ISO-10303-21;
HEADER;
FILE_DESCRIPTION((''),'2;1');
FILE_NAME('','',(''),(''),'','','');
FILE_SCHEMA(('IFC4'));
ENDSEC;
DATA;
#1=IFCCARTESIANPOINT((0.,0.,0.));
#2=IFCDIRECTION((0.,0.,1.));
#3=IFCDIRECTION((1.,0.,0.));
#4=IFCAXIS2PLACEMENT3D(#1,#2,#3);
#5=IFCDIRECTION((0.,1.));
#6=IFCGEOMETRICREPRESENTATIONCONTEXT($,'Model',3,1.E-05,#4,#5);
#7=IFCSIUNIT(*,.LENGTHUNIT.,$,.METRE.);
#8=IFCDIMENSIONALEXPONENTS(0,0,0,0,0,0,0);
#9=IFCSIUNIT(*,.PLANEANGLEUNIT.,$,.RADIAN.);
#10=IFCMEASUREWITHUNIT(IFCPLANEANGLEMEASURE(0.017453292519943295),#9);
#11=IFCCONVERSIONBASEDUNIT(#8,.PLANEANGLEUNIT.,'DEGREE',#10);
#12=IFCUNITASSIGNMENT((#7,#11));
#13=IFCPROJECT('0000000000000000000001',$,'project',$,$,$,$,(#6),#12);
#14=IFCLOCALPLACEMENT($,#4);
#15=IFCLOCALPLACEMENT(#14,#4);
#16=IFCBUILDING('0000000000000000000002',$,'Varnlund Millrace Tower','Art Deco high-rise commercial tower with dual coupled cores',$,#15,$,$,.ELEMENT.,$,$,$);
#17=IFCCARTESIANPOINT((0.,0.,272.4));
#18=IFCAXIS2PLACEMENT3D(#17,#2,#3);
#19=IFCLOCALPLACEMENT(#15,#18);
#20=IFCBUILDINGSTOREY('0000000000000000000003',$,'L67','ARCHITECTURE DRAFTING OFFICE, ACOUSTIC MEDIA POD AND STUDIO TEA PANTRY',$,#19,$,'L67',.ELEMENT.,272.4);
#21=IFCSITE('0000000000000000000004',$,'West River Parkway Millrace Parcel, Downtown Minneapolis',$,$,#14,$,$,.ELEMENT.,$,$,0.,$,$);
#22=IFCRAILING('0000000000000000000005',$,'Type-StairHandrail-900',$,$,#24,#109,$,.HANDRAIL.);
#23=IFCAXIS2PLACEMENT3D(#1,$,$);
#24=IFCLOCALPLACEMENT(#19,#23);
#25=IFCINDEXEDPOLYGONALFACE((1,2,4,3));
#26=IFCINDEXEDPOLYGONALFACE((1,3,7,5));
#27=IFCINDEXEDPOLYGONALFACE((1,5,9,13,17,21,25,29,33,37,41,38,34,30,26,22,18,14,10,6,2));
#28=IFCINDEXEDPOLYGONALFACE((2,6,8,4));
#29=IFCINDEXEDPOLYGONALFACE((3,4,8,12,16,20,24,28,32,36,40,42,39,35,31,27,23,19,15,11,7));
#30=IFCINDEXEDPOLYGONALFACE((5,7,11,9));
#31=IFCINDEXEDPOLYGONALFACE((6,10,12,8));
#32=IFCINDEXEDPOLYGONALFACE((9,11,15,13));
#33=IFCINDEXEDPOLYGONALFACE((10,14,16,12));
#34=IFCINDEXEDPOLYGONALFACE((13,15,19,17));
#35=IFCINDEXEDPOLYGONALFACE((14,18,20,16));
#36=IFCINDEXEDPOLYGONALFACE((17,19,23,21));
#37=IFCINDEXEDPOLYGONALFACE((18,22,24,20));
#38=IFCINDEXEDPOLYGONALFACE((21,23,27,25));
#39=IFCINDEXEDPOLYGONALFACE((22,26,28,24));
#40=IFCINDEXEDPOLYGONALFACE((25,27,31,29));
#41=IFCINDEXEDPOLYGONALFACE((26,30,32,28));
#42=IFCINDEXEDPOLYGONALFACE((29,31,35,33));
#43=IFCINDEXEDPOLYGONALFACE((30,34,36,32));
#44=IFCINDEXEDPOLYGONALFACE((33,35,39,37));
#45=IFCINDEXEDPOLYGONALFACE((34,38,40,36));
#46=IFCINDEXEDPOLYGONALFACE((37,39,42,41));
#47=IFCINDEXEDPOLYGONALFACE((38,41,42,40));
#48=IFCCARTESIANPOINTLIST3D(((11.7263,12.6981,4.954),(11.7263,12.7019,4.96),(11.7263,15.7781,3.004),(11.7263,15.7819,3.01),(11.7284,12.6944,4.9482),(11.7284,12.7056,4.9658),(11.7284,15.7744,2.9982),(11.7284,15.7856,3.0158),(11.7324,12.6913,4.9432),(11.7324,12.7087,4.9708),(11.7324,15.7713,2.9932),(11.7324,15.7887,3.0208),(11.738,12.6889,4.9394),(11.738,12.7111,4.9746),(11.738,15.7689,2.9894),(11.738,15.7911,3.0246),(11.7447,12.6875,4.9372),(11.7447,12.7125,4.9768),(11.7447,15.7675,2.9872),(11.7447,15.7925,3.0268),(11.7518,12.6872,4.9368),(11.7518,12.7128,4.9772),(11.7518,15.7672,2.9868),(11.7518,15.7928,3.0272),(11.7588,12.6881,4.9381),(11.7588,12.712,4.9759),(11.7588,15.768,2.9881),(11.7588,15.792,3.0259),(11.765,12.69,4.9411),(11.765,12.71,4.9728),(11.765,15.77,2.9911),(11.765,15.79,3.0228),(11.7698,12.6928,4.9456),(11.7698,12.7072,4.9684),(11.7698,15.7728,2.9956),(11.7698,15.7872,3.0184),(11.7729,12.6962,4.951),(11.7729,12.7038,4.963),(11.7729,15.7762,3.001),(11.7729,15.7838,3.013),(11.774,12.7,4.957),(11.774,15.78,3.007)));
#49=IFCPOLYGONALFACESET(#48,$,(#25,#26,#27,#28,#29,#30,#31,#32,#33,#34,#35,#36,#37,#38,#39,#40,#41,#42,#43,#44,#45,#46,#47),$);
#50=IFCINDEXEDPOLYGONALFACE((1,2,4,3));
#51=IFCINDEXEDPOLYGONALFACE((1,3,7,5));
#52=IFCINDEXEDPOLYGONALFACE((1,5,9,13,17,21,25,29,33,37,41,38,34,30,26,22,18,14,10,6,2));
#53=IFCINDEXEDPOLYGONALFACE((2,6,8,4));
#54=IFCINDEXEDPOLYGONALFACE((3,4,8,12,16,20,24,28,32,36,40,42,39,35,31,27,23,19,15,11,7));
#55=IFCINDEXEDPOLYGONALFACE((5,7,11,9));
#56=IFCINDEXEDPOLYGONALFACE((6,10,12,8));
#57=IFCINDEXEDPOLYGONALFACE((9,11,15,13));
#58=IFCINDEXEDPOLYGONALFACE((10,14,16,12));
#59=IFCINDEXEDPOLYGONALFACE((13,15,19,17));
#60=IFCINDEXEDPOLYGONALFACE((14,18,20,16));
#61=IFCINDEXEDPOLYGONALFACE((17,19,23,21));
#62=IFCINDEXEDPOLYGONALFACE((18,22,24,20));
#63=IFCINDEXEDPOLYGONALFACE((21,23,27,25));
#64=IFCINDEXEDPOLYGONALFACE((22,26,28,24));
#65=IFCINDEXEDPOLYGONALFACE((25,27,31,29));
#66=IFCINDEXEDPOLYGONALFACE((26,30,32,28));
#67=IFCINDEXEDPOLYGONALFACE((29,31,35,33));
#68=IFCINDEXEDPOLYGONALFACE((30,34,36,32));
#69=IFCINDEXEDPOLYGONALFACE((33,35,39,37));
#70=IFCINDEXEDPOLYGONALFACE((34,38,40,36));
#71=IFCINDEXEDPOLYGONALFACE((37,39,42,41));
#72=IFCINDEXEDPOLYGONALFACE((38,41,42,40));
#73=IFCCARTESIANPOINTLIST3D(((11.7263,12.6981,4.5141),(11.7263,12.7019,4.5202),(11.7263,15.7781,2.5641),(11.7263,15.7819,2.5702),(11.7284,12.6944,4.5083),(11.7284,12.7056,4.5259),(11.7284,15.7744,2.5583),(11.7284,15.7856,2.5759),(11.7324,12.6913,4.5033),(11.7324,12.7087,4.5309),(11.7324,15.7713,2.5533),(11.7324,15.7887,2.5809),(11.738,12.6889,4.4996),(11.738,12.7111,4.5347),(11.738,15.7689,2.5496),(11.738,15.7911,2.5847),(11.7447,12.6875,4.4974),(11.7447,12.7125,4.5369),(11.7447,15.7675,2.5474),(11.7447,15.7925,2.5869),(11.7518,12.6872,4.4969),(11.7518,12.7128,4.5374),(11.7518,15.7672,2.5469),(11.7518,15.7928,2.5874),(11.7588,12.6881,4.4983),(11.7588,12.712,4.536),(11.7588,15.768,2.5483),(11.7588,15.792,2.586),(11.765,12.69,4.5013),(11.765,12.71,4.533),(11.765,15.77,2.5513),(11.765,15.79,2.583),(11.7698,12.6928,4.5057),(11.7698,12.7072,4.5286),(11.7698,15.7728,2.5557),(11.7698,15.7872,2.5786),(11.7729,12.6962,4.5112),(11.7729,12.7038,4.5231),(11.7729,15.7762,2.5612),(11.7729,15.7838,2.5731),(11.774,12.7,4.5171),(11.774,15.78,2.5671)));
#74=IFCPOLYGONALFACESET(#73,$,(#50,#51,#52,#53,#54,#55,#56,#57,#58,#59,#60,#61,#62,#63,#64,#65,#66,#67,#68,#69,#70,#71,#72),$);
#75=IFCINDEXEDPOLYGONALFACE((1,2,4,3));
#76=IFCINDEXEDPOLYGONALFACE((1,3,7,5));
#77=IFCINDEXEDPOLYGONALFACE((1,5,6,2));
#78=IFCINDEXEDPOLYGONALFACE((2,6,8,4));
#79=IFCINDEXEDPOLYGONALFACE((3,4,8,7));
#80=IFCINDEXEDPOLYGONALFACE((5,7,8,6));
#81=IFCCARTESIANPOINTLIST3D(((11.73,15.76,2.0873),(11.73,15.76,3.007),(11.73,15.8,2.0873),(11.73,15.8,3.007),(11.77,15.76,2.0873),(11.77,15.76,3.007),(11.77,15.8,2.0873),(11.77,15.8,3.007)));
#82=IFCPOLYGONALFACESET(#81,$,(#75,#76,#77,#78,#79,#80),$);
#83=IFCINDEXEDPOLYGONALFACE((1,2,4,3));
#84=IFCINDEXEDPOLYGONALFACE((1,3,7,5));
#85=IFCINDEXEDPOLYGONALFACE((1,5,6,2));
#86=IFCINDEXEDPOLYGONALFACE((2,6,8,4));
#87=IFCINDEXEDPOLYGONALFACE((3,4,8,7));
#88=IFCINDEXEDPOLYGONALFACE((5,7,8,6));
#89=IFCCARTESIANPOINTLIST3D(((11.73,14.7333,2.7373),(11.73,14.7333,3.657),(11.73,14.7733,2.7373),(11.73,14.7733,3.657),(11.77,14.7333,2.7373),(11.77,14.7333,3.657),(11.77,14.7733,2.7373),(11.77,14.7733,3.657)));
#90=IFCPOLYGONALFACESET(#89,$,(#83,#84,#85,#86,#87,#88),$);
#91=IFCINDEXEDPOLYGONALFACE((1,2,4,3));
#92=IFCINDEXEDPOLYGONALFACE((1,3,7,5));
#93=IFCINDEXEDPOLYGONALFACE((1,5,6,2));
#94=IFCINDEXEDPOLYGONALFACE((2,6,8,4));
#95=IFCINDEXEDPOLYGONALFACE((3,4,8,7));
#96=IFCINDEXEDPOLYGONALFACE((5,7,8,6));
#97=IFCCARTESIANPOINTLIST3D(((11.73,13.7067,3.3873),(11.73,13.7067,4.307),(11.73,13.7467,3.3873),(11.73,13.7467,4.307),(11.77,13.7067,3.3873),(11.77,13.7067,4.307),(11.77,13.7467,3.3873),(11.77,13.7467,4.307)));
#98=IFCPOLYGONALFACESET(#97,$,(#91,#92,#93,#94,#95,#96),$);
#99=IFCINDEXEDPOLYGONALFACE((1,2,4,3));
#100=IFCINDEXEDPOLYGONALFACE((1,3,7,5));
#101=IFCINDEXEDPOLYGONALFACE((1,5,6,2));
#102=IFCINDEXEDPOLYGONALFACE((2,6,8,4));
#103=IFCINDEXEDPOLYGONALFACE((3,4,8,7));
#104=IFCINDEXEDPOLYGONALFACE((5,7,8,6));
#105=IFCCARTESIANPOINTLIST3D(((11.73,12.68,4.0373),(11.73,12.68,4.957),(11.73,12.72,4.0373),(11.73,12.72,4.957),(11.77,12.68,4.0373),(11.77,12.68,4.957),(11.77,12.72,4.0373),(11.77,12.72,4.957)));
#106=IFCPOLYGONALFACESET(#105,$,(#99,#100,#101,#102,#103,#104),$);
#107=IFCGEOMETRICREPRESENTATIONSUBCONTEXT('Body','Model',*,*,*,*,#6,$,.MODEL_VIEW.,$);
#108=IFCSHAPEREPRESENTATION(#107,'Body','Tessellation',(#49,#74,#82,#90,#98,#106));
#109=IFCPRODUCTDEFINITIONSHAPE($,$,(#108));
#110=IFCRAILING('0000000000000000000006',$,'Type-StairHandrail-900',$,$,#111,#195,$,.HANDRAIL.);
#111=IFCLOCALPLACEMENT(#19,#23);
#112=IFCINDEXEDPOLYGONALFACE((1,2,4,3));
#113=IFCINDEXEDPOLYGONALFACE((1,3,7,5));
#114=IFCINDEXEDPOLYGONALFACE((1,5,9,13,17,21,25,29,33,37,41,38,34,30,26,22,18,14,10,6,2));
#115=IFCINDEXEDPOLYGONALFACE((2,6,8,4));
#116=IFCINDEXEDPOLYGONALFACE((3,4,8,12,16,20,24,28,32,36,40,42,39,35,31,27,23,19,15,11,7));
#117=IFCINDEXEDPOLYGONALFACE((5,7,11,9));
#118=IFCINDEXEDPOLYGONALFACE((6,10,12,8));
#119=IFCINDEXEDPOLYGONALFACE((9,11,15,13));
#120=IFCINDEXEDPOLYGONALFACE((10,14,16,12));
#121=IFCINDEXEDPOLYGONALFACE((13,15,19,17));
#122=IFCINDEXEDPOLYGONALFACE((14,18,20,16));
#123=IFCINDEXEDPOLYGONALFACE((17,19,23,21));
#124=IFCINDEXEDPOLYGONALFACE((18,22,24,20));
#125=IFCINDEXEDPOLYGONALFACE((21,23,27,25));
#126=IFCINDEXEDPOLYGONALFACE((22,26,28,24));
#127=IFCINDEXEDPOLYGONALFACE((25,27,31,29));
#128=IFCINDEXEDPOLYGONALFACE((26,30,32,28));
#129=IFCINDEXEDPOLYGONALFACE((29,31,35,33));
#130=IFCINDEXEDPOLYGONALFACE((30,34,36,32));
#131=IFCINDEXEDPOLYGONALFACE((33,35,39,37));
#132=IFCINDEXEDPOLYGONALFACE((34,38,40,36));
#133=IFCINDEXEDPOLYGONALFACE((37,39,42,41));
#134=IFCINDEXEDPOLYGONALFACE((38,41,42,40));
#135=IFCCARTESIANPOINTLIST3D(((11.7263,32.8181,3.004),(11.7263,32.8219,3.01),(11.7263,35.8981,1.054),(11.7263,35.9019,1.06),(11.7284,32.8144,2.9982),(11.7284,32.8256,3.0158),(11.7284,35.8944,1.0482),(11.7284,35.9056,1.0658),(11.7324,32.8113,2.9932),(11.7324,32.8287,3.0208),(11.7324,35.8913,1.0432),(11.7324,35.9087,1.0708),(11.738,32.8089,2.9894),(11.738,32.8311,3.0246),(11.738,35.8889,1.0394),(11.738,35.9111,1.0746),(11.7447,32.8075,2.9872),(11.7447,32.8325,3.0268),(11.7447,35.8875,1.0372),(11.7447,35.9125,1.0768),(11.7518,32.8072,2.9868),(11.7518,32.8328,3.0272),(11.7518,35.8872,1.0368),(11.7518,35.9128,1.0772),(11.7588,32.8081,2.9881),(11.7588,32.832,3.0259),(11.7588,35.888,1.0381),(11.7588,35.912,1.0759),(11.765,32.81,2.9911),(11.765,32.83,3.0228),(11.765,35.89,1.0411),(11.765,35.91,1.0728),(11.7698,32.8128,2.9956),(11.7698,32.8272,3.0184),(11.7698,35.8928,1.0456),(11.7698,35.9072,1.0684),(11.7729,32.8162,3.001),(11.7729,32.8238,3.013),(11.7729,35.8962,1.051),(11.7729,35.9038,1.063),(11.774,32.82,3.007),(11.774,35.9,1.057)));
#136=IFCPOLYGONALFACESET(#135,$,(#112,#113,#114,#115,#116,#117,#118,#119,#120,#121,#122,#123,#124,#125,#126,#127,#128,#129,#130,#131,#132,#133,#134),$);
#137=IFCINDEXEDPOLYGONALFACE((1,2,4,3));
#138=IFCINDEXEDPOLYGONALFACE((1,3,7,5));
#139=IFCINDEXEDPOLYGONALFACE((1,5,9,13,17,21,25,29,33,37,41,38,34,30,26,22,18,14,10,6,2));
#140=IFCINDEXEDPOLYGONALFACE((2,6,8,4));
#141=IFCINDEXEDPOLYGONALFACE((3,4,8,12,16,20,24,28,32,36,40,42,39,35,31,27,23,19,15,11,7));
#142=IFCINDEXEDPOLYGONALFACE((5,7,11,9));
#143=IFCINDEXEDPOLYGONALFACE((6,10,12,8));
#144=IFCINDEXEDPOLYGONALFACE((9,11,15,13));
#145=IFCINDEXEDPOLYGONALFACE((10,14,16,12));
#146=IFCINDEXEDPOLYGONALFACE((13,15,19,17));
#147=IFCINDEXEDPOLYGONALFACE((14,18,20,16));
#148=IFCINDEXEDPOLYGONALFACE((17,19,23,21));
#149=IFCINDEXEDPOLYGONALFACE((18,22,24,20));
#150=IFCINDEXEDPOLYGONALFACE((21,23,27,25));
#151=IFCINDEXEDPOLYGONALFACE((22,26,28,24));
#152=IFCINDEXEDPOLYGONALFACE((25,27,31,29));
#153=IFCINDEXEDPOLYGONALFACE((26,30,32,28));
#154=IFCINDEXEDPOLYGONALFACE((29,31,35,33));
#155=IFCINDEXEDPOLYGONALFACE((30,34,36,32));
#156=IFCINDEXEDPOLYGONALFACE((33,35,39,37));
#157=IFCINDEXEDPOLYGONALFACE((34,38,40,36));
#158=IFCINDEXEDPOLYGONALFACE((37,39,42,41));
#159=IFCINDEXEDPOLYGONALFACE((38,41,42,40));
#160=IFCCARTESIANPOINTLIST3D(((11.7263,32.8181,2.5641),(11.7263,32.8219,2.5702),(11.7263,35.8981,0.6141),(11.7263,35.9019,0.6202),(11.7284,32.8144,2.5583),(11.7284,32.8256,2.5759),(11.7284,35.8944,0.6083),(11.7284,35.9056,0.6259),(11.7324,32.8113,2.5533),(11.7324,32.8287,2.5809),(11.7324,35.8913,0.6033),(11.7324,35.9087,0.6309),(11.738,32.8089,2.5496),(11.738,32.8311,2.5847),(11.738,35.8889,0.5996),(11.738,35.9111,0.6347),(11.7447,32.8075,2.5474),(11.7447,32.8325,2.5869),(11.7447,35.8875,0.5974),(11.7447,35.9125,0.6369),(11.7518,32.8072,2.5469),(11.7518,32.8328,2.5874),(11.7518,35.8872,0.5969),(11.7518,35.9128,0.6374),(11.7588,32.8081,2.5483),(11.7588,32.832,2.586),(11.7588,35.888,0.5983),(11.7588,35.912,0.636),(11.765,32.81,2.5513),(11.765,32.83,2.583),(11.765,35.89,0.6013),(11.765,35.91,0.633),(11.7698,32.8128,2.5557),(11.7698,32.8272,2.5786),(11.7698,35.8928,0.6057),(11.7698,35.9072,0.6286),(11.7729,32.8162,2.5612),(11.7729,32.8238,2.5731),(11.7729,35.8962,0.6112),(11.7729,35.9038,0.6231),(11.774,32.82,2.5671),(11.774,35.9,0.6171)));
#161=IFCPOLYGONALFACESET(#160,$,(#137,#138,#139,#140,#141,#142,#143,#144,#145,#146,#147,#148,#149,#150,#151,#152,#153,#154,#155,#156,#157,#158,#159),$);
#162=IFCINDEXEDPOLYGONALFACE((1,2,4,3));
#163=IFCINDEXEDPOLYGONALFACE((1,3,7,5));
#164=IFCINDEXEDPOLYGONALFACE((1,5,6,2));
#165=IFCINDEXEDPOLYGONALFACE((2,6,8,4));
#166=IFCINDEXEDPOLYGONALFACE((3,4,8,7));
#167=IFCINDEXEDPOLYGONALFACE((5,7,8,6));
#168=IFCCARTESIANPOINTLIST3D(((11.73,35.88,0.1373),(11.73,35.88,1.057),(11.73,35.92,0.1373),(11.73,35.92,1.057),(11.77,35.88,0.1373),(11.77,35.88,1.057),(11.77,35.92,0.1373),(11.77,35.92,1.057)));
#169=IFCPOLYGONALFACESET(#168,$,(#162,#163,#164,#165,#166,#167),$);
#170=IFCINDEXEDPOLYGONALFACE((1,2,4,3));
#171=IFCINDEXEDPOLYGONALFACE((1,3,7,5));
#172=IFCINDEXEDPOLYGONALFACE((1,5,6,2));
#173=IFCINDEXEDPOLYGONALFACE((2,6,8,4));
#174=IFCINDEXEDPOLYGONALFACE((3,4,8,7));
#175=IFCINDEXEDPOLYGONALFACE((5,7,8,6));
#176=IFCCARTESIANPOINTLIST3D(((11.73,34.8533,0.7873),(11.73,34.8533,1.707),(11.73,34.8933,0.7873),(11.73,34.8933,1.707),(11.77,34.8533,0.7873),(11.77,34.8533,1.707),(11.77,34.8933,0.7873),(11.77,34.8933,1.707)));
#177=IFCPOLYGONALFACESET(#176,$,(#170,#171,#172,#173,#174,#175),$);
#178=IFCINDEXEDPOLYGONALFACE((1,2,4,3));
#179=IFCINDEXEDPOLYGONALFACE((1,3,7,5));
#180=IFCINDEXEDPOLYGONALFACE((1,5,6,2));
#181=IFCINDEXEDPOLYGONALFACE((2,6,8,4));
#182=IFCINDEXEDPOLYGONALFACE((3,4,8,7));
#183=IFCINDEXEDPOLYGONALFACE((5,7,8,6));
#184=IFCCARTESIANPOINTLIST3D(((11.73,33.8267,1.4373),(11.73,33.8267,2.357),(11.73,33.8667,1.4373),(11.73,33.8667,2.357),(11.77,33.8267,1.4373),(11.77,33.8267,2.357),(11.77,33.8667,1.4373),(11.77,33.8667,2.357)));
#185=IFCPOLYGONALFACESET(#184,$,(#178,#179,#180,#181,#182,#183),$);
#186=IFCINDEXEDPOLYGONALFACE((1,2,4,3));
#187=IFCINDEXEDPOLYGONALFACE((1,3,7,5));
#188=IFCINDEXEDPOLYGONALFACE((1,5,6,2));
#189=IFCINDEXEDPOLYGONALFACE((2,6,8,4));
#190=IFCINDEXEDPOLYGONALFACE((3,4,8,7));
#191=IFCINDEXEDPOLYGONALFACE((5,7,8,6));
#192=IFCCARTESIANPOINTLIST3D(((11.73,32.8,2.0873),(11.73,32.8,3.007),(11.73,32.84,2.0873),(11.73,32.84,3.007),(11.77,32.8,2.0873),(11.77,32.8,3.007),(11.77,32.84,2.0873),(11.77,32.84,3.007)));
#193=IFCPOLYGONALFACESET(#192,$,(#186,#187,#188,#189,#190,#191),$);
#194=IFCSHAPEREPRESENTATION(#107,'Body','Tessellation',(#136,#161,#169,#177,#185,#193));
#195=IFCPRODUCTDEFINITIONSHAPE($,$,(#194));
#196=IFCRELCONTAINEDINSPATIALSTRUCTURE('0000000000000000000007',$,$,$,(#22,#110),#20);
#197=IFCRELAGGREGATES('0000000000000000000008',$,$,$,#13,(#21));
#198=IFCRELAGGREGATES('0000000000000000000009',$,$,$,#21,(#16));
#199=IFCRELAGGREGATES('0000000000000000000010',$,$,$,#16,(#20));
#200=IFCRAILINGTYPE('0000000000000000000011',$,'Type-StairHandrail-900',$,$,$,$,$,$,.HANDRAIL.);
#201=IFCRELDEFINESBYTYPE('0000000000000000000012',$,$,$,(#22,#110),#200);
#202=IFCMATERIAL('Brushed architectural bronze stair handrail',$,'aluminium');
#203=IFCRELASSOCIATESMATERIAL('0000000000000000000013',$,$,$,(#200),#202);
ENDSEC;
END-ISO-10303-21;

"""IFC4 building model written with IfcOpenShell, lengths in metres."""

from ifc_helpers import new_model, entity, si_unit, converted_unit, direction, frame, origin_with_axes, origin_2d_with_axis, place, context, subcontext, project, spatial, rectangle, circle, extrude, material, type_object, element, save


model = new_model("IFC4")

# Units and contexts
model_context = context("Model", 3, precision=1e-05, world=origin_with_axes(), true_north=direction((0.0, 1.0)))
body_context = subcontext(model_context, "Body", "Model", "MODEL_VIEW")
ifc_project = project(units=[si_unit("LENGTHUNIT", "METRE"), converted_unit("PLANEANGLEUNIT", "DEGREE", entity("IfcPlaneAngleMeasure", 0.017453292519943295), si_unit("PLANEANGLEUNIT", "RADIAN"), dimensions=[0, 0, 0, 0, 0, 0, 0])], contexts=[model_context])

# Site, building, storey
site_placement = place(None, origin_with_axes())
site = spatial("IfcSite", under=ifc_project, at=site_placement, Name="West River Parkway Millrace Parcel, Downtown Minneapolis", CompositionType="ELEMENT", RefElevation=0.0)
building_placement = place(site_placement, origin_with_axes())
building = spatial("IfcBuilding", under=site, at=building_placement, Name="Varnlund Millrace Tower", Description="Art Deco high-rise commercial tower with dual coupled cores", CompositionType="ELEMENT")
storey_placement = place(building_placement, frame((0.0, 0.0, 272.4), z_axis=(0.0, 0.0, 1.0), x_axis=(1.0, 0.0, 0.0)))
storey = spatial("IfcBuildingStorey", under=building, at=storey_placement, Name="L67", Description="ARCHITECTURE DRAFTING OFFICE, ACOUSTIC MEDIA POD AND STUDIO TEA PANTRY", LongName="L67", CompositionType="ELEMENT", Elevation=272.4)

# Railings
ifc_material_1 = material(Name="Brushed architectural bronze stair handrail", Category="aluminium")
railing_type_1 = type_object("IfcRailingType", Name="Type-StairHandrail-900", PredefinedType="HANDRAIL", material=ifc_material_1)
railing_1_placement = place(storey_placement, frame((0.0, 0.0, -272.4), z_axis=(0.0, 0.0, 1.0), x_axis=(1.0, 0.0, 0.0)))
element("IfcRailing", 1, at=railing_1_placement, inside=storey, type_object=railing_type_1, Name="Type-StairHandrail-900", PredefinedType="HANDRAIL", context=body_context, shape_type="SweptSolid", body=[
    extrude(circle(Radius=0.024, at=origin_2d_with_axis()), frame((11.75, 15.78, 275.407), z_axis=(0.0, -0.844902, 0.534922), x_axis=(1.0, 0.0, 0.0)), (0.0, 0.0, 1.0), 3.6454),
    extrude(circle(Radius=0.024, at=origin_2d_with_axis()), frame((11.75, 15.78, 274.9671), z_axis=(0.0, -0.844902, 0.534922), x_axis=(1.0, 0.0, 0.0)), (0.0, 0.0, 1.0), 3.6454),
    extrude(rectangle(XDim=0.04, YDim=0.04, at=origin_2d_with_axis()), frame((11.75, 15.78, 274.4873), z_axis=(0.0, 0.0, 1.0), x_axis=(1.0, 0.0, 0.0)), (0.0, 0.0, 1.0), 0.9197),
    extrude(rectangle(XDim=0.04, YDim=0.04, at=origin_2d_with_axis()), frame((11.75, 14.7533, 275.1373), z_axis=(0.0, 0.0, 1.0), x_axis=(1.0, 0.0, 0.0)), (0.0, 0.0, 1.0), 0.9197),
    extrude(rectangle(XDim=0.04, YDim=0.04, at=origin_2d_with_axis()), frame((11.75, 13.7267, 275.7873), z_axis=(0.0, 0.0, 1.0), x_axis=(1.0, 0.0, 0.0)), (0.0, 0.0, 1.0), 0.9197),
    extrude(rectangle(XDim=0.04, YDim=0.04, at=origin_2d_with_axis()), frame((11.75, 12.7, 276.4373), z_axis=(0.0, 0.0, 1.0), x_axis=(1.0, 0.0, 0.0)), (0.0, 0.0, 1.0), 0.9197),
])
railing_2_placement = place(storey_placement, frame((0.0, 0.0, -272.4), z_axis=(0.0, 0.0, 1.0), x_axis=(1.0, 0.0, 0.0)))
element("IfcRailing", 2, at=railing_2_placement, inside=storey, type_object=railing_type_1, Name="Type-StairHandrail-900", PredefinedType="HANDRAIL", context=body_context, shape_type="SweptSolid", body=[
    extrude(circle(Radius=0.024, at=origin_2d_with_axis()), frame((11.75, 35.9, 273.457), z_axis=(0.0, -0.844902, 0.534922), x_axis=(1.0, 0.0, 0.0)), (0.0, 0.0, 1.0), 3.6454),
    extrude(circle(Radius=0.024, at=origin_2d_with_axis()), frame((11.75, 35.9, 273.0171), z_axis=(0.0, -0.844902, 0.534922), x_axis=(1.0, 0.0, 0.0)), (0.0, 0.0, 1.0), 3.6454),
    extrude(rectangle(XDim=0.04, YDim=0.04, at=origin_2d_with_axis()), frame((11.75, 35.9, 272.5373), z_axis=(0.0, 0.0, 1.0), x_axis=(1.0, 0.0, 0.0)), (0.0, 0.0, 1.0), 0.9197),
    extrude(rectangle(XDim=0.04, YDim=0.04, at=origin_2d_with_axis()), frame((11.75, 34.8733, 273.1873), z_axis=(0.0, 0.0, 1.0), x_axis=(1.0, 0.0, 0.0)), (0.0, 0.0, 1.0), 0.9197),
    extrude(rectangle(XDim=0.04, YDim=0.04, at=origin_2d_with_axis()), frame((11.75, 33.8467, 273.8373), z_axis=(0.0, 0.0, 1.0), x_axis=(1.0, 0.0, 0.0)), (0.0, 0.0, 1.0), 0.9197),
    extrude(rectangle(XDim=0.04, YDim=0.04, at=origin_2d_with_axis()), frame((11.75, 32.82, 274.4873), z_axis=(0.0, 0.0, 1.0), x_axis=(1.0, 0.0, 0.0)), (0.0, 0.0, 1.0), 0.9197),
])

save(model, "model.ifc")
